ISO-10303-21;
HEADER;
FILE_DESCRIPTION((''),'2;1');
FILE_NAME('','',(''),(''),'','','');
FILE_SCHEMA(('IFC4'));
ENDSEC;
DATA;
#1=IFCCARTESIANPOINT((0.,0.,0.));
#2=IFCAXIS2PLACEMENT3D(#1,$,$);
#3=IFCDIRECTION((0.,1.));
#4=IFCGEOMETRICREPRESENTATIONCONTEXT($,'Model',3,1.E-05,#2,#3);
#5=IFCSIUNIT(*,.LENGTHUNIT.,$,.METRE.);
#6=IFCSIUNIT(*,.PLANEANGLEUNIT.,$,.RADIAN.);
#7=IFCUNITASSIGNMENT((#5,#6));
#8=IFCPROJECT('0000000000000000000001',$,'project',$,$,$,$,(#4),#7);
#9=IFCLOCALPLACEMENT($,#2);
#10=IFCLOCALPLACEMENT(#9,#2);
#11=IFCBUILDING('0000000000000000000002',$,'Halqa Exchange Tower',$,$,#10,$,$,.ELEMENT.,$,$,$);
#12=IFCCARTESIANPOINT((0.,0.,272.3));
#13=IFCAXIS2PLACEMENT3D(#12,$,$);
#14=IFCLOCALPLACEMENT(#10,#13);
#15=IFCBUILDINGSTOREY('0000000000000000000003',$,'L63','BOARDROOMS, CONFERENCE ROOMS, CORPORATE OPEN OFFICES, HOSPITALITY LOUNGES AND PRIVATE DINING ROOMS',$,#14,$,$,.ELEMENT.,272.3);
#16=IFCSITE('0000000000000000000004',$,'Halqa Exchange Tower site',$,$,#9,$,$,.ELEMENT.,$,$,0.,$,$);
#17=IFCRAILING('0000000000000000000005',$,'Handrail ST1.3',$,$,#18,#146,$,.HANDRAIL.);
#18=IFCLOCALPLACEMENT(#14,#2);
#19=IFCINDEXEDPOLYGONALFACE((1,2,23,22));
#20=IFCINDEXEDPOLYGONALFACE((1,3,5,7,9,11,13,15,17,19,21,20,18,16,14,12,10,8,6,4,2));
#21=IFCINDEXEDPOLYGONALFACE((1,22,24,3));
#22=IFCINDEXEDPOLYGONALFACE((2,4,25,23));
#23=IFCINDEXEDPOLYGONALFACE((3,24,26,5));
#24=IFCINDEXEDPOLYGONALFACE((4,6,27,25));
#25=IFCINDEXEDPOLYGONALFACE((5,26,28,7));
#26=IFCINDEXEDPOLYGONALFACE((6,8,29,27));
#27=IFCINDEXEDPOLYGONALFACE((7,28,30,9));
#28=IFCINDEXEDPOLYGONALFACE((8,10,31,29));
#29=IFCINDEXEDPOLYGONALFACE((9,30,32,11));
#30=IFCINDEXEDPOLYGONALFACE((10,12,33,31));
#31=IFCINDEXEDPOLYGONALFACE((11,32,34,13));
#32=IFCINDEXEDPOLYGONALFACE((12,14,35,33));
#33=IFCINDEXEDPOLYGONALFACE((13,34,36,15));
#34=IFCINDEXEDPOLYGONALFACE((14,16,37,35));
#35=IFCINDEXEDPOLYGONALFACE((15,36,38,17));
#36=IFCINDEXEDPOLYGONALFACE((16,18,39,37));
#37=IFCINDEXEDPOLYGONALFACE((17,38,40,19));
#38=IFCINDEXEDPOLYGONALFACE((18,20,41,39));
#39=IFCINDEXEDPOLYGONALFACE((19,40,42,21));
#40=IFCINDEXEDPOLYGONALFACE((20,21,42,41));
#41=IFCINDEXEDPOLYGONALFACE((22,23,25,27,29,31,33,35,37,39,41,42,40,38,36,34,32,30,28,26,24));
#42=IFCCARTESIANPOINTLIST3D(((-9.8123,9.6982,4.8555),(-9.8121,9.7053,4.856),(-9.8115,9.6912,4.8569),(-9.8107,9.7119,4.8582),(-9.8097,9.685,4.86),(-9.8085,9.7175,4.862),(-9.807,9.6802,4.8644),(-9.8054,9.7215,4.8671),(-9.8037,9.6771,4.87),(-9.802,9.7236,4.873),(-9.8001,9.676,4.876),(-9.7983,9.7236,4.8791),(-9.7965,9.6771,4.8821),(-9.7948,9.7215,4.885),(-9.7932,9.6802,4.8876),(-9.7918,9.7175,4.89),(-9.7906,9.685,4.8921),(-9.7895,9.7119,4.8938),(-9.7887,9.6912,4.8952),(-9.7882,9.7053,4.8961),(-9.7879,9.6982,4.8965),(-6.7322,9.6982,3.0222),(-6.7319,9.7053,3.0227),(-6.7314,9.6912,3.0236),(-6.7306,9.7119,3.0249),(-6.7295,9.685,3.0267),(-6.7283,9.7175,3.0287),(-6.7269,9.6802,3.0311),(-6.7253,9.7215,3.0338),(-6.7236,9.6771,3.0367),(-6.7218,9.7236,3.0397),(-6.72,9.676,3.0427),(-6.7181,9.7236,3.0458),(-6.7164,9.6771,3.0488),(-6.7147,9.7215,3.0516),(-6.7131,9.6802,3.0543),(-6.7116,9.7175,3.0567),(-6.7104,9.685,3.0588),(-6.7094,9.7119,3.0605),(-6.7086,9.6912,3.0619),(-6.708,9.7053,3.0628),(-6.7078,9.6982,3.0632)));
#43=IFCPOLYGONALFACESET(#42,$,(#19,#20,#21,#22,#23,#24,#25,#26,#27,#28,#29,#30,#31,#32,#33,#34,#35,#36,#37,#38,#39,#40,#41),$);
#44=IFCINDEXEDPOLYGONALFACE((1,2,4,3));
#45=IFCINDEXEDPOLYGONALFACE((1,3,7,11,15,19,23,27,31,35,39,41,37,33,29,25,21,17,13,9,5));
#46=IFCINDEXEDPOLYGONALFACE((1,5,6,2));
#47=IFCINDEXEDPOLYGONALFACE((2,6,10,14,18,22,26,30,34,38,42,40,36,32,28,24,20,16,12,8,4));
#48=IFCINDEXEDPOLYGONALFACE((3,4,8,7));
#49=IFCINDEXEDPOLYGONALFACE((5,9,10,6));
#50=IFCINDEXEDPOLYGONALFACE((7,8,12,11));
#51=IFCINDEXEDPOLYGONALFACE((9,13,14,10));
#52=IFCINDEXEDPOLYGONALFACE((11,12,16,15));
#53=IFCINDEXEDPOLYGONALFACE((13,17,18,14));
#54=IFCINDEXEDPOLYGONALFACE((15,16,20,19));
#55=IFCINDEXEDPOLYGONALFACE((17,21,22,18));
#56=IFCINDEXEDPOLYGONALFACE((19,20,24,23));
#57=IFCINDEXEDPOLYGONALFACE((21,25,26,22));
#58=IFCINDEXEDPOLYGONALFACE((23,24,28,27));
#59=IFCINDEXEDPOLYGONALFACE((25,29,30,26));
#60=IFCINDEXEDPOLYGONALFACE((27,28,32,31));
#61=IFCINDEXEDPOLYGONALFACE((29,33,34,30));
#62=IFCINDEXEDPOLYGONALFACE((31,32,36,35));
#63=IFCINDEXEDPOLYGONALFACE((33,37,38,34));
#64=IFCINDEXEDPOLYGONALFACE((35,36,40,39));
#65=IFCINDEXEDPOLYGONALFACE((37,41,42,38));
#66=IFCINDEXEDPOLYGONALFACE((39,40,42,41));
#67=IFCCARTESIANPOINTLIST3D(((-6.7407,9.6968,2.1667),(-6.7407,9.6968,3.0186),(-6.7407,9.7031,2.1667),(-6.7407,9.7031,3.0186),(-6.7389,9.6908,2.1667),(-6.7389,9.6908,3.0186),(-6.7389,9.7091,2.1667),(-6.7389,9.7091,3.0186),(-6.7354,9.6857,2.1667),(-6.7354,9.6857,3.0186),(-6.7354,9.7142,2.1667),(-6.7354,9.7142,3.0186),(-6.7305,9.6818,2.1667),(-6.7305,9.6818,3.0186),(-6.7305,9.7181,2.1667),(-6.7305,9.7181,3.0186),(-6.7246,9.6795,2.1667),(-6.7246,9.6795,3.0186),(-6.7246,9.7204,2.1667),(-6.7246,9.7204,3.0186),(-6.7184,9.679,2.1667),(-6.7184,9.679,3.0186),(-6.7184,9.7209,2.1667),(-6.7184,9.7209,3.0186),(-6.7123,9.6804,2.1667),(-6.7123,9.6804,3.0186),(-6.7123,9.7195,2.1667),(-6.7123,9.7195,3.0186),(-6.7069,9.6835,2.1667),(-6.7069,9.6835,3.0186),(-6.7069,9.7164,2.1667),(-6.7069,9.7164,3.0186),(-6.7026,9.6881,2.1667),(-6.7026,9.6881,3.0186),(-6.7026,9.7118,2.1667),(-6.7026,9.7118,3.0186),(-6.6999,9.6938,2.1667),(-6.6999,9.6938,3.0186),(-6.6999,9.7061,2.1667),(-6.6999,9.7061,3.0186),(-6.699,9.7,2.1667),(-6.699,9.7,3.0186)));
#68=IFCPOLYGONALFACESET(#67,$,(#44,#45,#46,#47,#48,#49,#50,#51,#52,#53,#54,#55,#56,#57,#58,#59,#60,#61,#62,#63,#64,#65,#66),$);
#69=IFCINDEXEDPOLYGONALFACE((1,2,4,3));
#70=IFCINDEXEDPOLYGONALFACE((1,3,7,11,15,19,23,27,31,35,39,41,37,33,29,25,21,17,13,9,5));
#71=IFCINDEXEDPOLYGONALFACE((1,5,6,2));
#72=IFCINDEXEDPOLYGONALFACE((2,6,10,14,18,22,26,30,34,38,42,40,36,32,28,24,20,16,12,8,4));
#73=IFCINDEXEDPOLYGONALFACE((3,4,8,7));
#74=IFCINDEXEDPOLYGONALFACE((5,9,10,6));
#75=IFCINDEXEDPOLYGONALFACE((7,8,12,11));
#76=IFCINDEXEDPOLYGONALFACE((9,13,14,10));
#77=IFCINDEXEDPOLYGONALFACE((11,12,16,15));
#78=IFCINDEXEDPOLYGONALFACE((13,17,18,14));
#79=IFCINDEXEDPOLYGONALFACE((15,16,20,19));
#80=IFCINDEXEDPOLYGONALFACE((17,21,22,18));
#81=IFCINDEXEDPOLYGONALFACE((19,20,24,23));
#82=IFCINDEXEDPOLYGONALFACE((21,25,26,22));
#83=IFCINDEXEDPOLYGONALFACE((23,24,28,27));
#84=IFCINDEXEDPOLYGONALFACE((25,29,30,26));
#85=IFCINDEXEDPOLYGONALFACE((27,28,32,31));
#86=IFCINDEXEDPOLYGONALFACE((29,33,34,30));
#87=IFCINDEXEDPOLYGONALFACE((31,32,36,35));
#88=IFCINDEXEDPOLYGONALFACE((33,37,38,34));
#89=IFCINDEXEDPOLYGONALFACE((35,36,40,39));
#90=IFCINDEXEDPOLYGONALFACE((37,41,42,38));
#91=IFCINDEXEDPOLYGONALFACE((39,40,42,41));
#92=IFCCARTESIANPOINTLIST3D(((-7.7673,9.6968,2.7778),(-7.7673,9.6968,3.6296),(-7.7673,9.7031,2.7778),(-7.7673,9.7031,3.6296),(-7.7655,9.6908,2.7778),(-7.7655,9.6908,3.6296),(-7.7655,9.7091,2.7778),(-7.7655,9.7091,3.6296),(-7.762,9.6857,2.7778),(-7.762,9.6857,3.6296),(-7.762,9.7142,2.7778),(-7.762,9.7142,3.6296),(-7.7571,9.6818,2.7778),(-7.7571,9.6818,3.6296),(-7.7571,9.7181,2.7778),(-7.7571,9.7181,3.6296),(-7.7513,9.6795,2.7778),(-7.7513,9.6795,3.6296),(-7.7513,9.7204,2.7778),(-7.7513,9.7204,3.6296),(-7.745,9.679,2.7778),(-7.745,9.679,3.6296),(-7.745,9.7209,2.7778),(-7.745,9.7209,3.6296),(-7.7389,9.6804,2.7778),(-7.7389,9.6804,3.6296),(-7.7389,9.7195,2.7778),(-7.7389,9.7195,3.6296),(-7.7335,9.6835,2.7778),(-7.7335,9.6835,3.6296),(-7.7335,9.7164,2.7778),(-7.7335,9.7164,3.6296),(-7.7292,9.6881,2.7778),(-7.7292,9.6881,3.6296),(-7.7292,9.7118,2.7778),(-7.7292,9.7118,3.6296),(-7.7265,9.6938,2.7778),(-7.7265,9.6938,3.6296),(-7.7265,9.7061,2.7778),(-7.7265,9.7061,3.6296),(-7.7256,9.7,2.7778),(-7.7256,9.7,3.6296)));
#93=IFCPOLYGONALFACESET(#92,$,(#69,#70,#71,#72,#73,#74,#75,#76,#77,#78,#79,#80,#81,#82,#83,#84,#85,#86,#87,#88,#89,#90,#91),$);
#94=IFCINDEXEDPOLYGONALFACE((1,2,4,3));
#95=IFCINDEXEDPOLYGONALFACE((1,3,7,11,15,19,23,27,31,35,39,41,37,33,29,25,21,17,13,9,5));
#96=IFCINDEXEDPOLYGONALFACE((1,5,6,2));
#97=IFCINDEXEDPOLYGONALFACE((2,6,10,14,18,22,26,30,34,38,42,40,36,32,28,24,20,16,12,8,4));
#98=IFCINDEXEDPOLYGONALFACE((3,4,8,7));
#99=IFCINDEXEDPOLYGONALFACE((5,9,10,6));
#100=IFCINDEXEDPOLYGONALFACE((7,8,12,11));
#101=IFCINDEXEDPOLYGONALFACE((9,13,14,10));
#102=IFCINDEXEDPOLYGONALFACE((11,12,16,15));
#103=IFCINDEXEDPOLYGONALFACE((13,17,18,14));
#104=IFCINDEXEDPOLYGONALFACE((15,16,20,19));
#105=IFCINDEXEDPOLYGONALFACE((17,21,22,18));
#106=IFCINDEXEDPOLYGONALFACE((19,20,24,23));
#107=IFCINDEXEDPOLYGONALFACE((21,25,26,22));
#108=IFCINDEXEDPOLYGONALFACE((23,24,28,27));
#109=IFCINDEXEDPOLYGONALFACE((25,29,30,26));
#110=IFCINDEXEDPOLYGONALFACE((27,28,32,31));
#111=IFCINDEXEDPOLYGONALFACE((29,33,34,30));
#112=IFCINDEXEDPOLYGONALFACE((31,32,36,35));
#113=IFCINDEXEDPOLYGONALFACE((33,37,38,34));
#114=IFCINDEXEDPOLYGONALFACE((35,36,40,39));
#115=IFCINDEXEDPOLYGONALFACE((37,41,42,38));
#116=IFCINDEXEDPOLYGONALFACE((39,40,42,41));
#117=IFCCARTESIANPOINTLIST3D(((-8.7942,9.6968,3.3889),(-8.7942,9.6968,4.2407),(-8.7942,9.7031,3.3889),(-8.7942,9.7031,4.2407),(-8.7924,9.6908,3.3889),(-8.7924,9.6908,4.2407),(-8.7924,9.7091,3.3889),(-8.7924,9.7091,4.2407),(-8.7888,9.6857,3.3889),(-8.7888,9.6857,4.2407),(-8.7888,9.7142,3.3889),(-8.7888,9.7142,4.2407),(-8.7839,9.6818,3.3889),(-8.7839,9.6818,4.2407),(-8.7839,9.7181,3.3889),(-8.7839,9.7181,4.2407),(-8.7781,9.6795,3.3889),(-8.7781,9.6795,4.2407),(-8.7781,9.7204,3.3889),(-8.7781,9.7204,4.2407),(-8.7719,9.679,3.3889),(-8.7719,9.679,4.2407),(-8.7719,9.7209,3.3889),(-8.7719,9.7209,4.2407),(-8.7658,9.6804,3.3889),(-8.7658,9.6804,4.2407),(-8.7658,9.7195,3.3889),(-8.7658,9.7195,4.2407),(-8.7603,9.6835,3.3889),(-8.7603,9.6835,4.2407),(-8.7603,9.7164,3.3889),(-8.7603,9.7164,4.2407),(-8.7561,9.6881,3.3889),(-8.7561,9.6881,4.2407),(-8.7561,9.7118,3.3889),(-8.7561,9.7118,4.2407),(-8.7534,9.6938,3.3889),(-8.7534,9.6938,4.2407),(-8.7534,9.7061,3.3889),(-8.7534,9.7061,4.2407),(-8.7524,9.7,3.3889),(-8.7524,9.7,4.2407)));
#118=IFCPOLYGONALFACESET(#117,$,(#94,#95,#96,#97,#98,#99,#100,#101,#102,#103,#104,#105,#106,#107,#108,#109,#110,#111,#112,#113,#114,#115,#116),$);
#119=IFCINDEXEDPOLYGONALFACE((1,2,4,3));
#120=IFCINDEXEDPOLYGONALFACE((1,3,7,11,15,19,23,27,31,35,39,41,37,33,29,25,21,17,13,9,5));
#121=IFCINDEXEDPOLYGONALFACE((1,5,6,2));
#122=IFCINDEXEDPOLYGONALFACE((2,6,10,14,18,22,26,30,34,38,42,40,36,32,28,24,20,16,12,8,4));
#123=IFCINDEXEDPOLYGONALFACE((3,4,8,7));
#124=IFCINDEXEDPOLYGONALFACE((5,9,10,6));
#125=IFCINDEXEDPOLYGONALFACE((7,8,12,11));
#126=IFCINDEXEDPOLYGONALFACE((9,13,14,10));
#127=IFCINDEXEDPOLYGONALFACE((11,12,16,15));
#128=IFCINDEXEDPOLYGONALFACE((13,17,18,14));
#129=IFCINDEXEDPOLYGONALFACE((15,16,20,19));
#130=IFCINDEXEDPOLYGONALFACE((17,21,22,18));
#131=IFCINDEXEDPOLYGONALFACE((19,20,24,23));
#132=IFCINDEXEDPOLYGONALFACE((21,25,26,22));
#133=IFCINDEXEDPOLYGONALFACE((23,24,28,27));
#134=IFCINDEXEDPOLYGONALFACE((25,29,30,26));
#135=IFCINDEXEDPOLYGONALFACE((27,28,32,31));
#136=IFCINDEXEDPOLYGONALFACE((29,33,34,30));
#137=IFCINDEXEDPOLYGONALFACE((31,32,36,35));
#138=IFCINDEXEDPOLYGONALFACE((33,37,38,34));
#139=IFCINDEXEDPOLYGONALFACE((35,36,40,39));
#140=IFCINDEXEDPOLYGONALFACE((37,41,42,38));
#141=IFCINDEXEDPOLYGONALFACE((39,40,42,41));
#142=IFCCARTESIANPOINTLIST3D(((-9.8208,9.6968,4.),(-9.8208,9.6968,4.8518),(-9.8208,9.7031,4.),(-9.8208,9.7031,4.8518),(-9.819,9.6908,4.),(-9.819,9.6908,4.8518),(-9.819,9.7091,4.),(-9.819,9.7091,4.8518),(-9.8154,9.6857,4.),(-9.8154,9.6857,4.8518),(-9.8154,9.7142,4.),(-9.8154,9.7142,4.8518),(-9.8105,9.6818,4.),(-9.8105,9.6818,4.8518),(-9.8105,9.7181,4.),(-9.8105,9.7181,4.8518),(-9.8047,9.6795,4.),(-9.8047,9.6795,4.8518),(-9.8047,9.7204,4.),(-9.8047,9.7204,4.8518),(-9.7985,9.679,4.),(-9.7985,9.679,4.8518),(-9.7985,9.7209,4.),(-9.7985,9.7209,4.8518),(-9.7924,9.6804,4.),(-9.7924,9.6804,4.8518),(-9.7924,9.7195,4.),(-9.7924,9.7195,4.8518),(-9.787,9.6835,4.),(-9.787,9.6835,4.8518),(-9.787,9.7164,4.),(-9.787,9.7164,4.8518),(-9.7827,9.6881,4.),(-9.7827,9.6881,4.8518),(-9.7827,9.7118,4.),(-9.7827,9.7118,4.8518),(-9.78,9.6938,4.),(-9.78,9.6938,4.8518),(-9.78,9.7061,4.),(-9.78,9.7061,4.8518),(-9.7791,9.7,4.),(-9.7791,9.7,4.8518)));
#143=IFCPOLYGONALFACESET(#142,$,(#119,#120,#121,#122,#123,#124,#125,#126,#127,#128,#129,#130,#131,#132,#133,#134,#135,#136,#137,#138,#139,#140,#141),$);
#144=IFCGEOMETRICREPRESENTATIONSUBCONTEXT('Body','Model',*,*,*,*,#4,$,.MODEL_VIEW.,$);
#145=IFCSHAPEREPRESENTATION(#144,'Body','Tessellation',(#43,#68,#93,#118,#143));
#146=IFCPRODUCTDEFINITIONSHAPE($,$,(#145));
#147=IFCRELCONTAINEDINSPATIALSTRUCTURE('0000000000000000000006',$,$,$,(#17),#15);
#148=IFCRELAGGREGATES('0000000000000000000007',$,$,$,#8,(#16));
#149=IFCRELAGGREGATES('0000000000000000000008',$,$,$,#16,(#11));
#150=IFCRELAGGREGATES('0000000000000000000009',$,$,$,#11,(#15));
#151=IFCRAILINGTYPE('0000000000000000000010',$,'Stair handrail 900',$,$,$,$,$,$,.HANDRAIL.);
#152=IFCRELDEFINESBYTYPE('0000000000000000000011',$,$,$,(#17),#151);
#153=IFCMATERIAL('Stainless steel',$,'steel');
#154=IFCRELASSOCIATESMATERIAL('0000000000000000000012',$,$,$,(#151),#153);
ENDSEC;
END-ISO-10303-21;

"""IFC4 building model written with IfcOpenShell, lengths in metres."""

from ifc_helpers import new_model, si_unit, direction, frame, origin, origin_2d, place, context, subcontext, project, spatial, circle, extrude, material, type_object, element, save


model = new_model("IFC4")

# Units and contexts
model_context = context("Model", 3, precision=1e-05, world=origin(), true_north=direction((0.0, 1.0)))
body_context = subcontext(model_context, "Body", "Model", "MODEL_VIEW")
ifc_project = project(units=[si_unit("LENGTHUNIT", "METRE"), si_unit("PLANEANGLEUNIT", "RADIAN")], contexts=[model_context])

# Site, building, storey
site_placement = place(None, origin())
site = spatial("IfcSite", under=ifc_project, at=site_placement, Name="Halqa Exchange Tower site", CompositionType="ELEMENT", RefElevation=0.0)
building_placement = place(site_placement, origin())
building = spatial("IfcBuilding", under=site, at=building_placement, Name="Halqa Exchange Tower", CompositionType="ELEMENT")
storey_placement = place(building_placement, frame((0.0, 0.0, 272.3)))
storey = spatial("IfcBuildingStorey", under=building, at=storey_placement, Name="L63", Description="BOARDROOMS, CONFERENCE ROOMS, CORPORATE OPEN OFFICES, HOSPITALITY LOUNGES AND PRIVATE DINING ROOMS", CompositionType="ELEMENT", Elevation=272.3)

# Railing
ifc_material_1 = material(Name="Stainless steel", Category="steel")
railing_type_1 = type_object("IfcRailingType", Name="Stair handrail 900", PredefinedType="HANDRAIL", material=ifc_material_1)
railing_1_placement = place(storey_placement, frame((-6.72, 9.7, 2.1667)))
element("IfcRailing", 1, at=railing_1_placement, inside=storey, type_object=railing_type_1, Name="Handrail ST1.3", PredefinedType="HANDRAIL", context=body_context, shape_type="SweptSolid", body=[
    extrude(circle(Radius=0.0239, at=origin_2d()), frame((0.0, 0.0, 0.876), z_axis=(-0.859309, 0.0, 0.511458), x_axis=(0.0, -1.0, 0.0)), (0.0, 0.0, 1.0), 3.5845),
    extrude(circle(Radius=0.021, at=origin_2d()), origin(), (0.0, 0.0, 1.0), 0.8518),
    extrude(circle(Radius=0.021, at=origin_2d()), frame((-1.0266, 0.0, 0.6111)), (0.0, 0.0, 1.0), 0.8518),
    extrude(circle(Radius=0.021, at=origin_2d()), frame((-2.0535, 0.0, 1.2222)), (0.0, 0.0, 1.0), 0.8518),
    extrude(circle(Radius=0.021, at=origin_2d()), frame((-3.0801, 0.0, 1.8333)), (0.0, 0.0, 1.0), 0.8518),
])

save(model, "model.ifc")
